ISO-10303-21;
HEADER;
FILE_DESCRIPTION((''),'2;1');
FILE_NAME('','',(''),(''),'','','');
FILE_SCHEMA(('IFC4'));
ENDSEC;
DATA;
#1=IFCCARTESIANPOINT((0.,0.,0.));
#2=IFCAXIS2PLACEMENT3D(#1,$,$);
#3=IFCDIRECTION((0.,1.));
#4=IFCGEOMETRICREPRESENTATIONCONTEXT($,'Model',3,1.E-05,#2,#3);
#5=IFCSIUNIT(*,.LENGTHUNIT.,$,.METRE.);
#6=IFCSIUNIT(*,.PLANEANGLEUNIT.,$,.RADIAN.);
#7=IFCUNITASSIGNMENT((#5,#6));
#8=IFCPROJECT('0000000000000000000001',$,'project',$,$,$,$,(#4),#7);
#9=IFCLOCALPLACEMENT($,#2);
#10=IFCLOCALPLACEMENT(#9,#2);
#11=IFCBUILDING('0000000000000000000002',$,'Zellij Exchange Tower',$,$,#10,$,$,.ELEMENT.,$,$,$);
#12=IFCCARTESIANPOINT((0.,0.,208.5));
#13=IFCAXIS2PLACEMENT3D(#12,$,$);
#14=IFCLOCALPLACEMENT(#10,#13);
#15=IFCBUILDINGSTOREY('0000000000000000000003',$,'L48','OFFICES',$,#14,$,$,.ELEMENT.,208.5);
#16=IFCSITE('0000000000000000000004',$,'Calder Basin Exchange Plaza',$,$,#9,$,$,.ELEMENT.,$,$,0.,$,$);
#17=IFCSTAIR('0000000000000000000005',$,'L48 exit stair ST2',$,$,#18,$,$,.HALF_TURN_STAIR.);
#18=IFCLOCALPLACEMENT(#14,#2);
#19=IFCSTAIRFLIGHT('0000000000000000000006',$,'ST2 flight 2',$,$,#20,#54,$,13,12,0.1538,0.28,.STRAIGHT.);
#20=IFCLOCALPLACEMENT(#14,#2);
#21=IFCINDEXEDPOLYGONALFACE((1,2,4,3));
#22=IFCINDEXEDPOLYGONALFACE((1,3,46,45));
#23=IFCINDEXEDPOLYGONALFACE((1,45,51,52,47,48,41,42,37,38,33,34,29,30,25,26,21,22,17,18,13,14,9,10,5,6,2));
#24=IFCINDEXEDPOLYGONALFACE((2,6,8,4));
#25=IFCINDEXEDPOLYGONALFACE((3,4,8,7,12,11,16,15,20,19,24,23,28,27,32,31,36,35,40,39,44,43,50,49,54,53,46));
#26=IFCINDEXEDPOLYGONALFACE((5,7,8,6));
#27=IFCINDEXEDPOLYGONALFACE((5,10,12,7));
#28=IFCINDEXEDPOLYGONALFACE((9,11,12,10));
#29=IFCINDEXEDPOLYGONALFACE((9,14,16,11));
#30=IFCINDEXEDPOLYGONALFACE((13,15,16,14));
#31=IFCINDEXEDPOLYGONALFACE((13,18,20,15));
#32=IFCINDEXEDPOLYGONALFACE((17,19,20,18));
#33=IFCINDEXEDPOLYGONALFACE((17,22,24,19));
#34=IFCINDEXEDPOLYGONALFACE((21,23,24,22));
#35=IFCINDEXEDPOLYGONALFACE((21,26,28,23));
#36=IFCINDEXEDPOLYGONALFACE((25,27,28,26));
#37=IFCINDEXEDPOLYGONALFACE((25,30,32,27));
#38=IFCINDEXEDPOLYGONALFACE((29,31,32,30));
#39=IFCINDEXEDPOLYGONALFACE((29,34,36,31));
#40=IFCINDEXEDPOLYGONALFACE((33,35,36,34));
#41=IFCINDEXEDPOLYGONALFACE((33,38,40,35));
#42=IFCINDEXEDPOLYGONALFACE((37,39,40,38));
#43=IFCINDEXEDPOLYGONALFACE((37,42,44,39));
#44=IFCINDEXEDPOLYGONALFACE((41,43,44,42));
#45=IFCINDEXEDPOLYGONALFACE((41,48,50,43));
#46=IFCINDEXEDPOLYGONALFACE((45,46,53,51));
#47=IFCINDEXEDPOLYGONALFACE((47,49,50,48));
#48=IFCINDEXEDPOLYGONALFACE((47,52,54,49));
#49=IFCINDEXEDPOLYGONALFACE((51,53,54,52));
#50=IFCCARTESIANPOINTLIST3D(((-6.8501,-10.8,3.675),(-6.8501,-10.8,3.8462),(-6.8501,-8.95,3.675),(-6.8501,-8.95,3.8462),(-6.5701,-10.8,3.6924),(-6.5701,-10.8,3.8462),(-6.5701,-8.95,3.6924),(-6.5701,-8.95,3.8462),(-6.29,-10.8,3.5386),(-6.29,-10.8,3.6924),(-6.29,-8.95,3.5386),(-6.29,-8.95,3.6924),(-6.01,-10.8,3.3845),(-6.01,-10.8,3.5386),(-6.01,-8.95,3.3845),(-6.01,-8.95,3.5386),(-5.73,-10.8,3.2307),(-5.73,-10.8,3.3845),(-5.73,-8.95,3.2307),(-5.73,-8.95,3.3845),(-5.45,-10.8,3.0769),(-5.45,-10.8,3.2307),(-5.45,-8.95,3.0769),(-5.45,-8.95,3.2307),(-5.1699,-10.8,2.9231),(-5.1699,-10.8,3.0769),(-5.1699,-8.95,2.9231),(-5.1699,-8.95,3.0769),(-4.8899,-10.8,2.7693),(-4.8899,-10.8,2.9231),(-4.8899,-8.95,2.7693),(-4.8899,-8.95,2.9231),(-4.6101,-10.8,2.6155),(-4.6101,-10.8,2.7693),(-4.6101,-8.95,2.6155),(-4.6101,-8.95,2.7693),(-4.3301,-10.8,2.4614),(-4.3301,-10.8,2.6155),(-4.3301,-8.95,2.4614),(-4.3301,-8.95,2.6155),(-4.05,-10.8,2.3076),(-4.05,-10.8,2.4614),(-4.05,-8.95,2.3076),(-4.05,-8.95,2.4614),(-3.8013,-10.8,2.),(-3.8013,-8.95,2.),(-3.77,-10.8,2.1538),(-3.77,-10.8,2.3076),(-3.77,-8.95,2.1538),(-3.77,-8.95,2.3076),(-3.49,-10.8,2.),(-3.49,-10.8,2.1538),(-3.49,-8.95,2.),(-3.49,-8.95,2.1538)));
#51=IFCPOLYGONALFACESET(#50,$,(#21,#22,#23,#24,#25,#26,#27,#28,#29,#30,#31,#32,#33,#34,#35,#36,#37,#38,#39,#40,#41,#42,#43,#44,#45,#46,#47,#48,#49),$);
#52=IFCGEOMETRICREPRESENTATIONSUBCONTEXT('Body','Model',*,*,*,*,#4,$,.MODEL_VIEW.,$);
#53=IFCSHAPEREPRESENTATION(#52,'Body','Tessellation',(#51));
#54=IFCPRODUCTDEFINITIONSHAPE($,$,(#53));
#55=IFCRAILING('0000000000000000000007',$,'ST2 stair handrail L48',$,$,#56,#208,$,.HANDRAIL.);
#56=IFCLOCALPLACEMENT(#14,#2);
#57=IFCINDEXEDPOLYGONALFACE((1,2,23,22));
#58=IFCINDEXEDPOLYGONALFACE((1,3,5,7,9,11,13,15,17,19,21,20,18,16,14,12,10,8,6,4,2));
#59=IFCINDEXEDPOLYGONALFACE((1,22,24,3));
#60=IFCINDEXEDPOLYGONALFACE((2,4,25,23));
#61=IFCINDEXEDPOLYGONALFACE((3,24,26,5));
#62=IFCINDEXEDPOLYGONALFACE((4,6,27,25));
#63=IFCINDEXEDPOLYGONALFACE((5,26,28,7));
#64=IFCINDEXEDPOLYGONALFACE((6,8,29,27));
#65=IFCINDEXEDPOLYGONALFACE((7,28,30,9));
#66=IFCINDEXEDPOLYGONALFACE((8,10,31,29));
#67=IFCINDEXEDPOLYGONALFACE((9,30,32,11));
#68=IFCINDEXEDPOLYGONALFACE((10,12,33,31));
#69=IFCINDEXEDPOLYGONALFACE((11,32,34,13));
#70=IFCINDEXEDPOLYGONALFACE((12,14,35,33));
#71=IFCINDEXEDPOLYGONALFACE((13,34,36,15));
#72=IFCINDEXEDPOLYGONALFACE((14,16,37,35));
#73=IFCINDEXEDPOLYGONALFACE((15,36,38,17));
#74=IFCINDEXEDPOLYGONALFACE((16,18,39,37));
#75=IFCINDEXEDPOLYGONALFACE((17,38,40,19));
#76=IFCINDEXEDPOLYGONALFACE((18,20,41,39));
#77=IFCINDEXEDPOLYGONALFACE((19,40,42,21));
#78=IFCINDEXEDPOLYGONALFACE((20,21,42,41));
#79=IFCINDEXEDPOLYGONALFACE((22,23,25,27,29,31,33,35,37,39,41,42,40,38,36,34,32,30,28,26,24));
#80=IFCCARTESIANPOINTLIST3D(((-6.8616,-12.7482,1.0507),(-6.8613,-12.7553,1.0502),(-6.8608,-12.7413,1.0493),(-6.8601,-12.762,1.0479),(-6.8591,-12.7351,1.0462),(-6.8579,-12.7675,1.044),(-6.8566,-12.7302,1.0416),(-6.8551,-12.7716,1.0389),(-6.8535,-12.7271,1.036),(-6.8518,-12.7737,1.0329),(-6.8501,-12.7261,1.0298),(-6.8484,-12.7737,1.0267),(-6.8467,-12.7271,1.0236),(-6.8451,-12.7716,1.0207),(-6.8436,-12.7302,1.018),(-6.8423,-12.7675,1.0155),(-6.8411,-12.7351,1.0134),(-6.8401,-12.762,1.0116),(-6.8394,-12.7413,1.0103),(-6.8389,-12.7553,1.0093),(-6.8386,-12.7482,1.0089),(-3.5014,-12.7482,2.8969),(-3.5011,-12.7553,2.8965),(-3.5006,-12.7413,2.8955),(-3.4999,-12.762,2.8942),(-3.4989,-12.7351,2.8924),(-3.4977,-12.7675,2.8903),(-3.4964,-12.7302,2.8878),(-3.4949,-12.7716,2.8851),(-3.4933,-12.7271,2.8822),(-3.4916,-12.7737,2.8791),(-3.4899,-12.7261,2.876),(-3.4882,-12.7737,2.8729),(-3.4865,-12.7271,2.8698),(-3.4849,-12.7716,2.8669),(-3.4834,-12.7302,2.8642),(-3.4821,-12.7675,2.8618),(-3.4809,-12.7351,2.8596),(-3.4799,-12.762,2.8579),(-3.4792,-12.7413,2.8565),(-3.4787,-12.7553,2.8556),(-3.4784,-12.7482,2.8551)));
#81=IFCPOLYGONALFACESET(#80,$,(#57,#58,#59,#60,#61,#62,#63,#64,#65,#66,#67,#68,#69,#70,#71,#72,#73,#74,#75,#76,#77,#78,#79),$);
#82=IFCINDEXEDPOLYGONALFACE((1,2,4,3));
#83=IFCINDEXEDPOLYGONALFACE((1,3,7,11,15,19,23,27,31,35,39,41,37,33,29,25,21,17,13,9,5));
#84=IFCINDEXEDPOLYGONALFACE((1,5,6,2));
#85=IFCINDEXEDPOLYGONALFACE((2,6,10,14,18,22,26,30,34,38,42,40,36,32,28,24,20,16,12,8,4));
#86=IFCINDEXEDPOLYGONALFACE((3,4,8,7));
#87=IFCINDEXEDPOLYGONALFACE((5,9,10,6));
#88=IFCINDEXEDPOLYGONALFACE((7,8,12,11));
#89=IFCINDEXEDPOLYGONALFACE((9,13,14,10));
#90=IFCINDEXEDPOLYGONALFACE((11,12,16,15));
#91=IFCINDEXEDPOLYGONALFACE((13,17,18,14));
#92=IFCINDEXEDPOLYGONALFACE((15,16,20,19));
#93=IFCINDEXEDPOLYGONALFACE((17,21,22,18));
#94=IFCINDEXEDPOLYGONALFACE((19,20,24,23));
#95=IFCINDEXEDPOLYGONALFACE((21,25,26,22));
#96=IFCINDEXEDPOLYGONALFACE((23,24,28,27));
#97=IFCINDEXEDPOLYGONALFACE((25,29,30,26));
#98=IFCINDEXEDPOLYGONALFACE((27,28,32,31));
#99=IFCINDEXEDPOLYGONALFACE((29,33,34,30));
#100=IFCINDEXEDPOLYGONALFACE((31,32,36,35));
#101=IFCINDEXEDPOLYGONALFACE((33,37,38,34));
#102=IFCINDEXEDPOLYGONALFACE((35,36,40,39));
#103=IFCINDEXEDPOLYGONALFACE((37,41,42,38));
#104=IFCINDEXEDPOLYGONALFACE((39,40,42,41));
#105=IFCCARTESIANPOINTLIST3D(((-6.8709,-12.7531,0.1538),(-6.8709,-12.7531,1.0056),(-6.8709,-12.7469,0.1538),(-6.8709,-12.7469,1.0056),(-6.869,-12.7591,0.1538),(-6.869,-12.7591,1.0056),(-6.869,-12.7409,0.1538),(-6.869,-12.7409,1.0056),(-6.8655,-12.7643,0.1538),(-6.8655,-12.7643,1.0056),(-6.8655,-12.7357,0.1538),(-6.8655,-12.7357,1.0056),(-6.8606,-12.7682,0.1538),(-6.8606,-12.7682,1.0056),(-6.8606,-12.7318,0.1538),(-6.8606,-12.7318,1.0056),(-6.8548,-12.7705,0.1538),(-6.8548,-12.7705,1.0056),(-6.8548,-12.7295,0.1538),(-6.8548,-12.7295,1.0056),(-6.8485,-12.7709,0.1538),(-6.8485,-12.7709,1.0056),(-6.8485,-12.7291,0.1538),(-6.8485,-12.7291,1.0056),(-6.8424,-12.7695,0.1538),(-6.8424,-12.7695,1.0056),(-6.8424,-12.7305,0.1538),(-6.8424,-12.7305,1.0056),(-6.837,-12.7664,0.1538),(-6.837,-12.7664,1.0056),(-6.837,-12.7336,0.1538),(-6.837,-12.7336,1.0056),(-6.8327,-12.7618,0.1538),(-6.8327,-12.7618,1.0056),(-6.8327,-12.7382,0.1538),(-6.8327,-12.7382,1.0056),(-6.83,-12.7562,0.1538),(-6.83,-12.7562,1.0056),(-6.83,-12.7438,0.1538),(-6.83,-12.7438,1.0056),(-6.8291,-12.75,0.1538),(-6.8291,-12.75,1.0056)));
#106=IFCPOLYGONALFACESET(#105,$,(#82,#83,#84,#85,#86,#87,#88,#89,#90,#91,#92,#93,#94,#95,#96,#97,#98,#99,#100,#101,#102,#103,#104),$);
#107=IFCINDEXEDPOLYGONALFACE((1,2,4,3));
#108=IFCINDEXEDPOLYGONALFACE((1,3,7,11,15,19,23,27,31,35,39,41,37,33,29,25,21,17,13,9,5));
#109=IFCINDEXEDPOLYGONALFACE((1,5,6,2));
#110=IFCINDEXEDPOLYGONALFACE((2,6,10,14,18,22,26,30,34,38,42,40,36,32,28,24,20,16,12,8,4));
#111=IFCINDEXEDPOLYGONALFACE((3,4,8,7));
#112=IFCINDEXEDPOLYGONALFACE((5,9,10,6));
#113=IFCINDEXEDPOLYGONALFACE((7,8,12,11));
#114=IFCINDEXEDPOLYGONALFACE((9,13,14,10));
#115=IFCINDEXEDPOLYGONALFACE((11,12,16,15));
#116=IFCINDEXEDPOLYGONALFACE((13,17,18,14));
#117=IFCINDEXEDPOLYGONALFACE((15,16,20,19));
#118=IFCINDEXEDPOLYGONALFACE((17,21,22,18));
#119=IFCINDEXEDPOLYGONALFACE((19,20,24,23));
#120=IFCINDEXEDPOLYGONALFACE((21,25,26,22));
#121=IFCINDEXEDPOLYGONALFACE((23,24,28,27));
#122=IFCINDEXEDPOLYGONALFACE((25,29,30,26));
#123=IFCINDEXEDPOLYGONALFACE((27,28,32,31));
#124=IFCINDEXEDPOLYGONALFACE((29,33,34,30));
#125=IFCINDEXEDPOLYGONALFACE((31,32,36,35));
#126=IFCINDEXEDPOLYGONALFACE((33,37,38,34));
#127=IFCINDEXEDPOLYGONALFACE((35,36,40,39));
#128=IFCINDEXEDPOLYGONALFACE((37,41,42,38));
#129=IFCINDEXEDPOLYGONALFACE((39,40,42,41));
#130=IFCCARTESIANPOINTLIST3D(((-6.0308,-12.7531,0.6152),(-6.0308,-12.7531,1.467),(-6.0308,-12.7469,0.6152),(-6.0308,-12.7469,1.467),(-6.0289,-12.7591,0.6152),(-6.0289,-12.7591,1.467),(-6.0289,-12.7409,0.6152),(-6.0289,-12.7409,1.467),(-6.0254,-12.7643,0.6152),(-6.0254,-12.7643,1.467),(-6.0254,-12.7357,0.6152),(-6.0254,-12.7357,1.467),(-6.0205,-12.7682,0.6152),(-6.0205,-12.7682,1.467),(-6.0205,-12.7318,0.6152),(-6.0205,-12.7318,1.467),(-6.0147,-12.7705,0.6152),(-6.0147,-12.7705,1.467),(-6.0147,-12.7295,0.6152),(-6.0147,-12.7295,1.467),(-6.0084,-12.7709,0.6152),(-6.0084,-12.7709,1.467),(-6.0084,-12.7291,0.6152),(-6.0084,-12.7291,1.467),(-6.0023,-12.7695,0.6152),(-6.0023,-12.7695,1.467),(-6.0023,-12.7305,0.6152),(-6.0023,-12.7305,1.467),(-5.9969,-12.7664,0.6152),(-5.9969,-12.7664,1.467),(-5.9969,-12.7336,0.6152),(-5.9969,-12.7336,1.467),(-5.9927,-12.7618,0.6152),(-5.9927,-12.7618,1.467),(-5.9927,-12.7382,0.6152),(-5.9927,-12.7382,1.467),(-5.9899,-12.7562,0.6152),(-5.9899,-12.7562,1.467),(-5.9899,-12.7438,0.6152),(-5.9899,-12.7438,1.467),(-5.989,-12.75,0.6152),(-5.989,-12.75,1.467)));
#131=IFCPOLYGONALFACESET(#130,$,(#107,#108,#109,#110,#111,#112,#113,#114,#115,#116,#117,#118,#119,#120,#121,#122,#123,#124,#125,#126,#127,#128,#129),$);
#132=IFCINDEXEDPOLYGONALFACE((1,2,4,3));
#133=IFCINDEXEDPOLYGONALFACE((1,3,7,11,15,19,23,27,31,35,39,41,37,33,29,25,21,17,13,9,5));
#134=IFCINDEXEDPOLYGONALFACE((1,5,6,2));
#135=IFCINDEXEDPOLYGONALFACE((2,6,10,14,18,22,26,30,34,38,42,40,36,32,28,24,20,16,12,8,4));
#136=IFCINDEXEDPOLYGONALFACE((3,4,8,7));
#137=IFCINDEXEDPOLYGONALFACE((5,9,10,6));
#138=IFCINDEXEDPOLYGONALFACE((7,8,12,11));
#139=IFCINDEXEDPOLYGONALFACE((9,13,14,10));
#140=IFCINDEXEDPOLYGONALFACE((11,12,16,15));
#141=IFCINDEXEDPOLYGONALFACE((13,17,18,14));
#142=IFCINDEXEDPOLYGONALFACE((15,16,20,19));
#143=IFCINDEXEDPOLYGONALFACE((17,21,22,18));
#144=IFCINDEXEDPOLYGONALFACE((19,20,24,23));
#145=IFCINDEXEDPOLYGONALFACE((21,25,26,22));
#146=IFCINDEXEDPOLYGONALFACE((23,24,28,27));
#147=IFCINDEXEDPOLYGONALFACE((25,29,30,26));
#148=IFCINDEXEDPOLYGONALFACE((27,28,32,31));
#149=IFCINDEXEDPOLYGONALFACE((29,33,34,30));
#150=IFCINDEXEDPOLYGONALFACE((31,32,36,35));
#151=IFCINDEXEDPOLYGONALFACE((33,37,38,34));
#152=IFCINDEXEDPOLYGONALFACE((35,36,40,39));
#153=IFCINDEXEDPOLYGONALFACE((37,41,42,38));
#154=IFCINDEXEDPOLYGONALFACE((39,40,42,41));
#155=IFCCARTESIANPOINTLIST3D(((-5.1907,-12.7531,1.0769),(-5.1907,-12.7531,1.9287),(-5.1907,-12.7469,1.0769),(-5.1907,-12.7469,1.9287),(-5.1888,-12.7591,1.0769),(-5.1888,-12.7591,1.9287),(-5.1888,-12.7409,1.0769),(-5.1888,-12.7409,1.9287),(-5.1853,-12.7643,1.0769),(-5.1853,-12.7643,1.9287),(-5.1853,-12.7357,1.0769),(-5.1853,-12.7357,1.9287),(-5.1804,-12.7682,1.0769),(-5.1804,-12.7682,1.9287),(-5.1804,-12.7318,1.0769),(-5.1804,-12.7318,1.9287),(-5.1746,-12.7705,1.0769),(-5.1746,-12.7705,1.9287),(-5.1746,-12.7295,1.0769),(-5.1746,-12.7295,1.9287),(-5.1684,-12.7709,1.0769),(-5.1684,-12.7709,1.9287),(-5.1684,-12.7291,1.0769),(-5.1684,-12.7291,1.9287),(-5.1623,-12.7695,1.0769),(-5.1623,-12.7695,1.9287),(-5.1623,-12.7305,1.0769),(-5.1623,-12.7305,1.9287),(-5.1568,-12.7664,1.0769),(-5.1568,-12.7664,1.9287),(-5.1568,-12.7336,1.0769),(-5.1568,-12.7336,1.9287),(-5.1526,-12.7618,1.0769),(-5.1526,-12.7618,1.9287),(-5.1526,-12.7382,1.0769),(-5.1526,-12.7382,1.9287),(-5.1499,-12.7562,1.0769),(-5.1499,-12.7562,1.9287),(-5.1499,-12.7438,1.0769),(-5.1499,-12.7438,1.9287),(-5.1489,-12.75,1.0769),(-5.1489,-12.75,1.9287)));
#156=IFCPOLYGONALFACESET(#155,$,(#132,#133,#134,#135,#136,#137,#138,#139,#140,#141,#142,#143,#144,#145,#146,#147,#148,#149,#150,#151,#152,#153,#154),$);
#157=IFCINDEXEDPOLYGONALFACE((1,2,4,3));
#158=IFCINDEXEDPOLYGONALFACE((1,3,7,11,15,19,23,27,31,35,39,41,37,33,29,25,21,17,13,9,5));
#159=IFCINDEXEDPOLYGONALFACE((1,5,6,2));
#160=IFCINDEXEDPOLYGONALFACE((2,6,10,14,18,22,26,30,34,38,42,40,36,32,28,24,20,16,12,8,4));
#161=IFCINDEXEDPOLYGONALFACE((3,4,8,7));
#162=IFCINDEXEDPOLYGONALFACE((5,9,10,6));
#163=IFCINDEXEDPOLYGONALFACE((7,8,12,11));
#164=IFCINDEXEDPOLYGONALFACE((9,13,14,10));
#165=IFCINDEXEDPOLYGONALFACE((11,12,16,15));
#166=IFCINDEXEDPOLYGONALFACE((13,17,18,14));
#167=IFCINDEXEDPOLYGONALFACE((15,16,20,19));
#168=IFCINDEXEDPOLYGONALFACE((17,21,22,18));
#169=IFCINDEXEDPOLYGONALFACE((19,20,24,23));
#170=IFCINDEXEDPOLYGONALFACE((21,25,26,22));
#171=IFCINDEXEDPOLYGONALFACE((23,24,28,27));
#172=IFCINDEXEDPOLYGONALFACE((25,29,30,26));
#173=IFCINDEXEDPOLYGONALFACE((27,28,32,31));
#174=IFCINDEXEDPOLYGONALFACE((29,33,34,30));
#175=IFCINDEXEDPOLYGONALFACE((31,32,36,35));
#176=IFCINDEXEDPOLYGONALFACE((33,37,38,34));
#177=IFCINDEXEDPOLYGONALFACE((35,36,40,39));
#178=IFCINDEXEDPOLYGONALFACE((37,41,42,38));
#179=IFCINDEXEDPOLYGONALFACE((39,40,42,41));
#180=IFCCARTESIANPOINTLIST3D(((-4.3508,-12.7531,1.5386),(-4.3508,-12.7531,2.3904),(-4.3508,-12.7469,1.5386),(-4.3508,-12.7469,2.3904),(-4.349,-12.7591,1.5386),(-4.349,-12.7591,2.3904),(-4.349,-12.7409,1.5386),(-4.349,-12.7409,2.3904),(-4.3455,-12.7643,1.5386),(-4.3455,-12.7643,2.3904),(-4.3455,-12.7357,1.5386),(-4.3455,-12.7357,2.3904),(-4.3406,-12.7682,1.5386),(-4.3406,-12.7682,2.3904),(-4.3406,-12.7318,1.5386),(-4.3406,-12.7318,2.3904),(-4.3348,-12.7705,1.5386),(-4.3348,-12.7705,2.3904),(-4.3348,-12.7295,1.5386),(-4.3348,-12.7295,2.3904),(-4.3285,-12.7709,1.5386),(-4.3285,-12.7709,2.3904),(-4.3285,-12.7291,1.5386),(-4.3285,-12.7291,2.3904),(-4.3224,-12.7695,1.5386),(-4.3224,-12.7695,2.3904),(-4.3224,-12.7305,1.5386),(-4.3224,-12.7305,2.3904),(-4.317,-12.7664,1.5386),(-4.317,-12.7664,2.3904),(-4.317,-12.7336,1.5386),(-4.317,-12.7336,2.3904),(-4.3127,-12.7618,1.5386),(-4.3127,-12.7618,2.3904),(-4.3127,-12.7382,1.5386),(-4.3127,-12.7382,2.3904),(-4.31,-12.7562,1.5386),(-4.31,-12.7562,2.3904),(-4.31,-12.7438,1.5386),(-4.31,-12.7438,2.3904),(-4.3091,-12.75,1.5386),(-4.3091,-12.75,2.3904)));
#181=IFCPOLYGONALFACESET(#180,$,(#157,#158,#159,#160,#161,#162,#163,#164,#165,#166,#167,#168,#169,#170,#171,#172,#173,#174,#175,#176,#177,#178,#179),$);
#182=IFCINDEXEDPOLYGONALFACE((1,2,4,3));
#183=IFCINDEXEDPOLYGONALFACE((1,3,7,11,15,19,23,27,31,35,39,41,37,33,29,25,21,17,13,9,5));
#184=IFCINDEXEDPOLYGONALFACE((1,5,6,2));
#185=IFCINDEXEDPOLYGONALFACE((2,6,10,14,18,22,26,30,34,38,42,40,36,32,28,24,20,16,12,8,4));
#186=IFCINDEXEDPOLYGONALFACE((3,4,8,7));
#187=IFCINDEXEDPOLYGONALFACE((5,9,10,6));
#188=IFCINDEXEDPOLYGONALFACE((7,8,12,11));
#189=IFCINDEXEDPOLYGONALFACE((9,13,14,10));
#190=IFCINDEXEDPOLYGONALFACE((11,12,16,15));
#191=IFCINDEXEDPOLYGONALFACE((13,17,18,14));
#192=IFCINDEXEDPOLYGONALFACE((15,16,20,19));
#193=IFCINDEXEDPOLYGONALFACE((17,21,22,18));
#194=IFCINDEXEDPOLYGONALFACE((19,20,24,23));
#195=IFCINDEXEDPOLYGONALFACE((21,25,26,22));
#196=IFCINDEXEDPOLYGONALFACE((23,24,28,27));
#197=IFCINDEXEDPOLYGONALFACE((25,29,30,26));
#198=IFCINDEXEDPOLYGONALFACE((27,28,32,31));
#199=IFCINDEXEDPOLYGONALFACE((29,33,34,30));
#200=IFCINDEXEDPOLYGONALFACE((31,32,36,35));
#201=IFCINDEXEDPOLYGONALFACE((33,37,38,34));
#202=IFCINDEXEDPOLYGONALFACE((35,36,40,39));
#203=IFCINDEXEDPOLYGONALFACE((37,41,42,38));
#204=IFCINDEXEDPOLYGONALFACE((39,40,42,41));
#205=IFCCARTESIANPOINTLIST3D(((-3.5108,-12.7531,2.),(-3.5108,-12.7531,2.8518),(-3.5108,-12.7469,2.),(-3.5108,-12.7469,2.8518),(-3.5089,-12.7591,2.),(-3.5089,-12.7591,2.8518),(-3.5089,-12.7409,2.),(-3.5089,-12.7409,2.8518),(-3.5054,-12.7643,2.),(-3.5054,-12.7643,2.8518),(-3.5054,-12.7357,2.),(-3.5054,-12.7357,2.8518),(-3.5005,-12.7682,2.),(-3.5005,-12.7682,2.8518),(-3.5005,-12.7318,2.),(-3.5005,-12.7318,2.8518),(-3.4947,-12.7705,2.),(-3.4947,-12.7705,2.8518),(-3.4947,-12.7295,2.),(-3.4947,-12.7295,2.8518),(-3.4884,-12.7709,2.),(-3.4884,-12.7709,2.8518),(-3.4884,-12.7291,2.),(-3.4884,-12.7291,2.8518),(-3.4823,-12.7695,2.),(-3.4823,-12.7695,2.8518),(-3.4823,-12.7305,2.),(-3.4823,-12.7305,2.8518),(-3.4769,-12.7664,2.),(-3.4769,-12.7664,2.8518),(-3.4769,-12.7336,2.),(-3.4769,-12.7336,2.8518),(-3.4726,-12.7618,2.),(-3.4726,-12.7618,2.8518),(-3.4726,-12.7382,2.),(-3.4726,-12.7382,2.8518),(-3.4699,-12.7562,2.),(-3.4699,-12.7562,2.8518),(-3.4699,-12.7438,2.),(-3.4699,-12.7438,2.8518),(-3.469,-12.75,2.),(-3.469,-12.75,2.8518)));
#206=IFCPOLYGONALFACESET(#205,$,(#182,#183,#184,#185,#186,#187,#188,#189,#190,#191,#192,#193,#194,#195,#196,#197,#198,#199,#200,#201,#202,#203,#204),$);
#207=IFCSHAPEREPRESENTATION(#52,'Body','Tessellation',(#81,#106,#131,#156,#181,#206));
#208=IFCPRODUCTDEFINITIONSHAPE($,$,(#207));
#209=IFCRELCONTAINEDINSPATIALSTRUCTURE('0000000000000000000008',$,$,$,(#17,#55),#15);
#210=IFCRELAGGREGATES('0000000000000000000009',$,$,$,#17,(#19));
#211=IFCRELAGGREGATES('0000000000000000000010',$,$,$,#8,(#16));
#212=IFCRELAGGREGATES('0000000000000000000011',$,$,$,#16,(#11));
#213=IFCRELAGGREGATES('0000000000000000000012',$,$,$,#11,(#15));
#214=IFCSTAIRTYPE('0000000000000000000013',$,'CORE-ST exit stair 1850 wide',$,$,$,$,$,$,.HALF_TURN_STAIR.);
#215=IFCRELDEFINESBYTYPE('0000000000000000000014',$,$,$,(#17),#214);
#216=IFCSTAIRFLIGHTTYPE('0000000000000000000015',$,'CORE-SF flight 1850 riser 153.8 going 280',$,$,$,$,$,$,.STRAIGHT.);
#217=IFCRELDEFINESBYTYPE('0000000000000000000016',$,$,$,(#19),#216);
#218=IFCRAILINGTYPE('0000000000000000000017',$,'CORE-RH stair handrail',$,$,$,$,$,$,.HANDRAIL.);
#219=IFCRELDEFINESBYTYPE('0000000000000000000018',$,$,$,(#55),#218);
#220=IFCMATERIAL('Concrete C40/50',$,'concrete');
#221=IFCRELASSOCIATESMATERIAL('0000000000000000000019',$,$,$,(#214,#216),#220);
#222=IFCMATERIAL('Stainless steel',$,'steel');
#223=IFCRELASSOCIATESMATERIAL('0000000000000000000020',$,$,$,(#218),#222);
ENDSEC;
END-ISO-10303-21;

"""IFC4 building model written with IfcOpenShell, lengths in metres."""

from ifc_helpers import new_model, si_unit, direction, frame, origin, origin_2d, place, context, subcontext, project, spatial, polyline, circle, outline, extrude, material, type_object, element, aggregate, save


model = new_model("IFC4")

# Units and contexts
model_context = context("Model", 3, precision=1e-05, world=origin(), true_north=direction((0.0, 1.0)))
body_context = subcontext(model_context, "Body", "Model", "MODEL_VIEW")
ifc_project = project(units=[si_unit("LENGTHUNIT", "METRE"), si_unit("PLANEANGLEUNIT", "RADIAN")], contexts=[model_context])

# Site, building, storey
site_placement = place(None, origin())
site = spatial("IfcSite", under=ifc_project, at=site_placement, Name="Calder Basin Exchange Plaza", CompositionType="ELEMENT", RefElevation=0.0)
building_placement = place(site_placement, origin())
building = spatial("IfcBuilding", under=site, at=building_placement, Name="Zellij Exchange Tower", CompositionType="ELEMENT")
storey_placement = place(building_placement, frame((0.0, 0.0, 208.5)))
storey = spatial("IfcBuildingStorey", under=building, at=storey_placement, Name="L48", Description="OFFICES", CompositionType="ELEMENT", Elevation=208.5)

# Stair, stair flight
ifc_material_1 = material(Name="Concrete C40/50", Category="concrete")
stair_type = type_object("IfcStairType", Name="CORE-ST exit stair 1850 wide", PredefinedType="HALF_TURN_STAIR", material=ifc_material_1)
stair_placement = place(storey_placement, origin())
stair = element("IfcStair", 1, at=stair_placement, inside=storey, type_object=stair_type, Name="L48 exit stair ST2", PredefinedType="HALF_TURN_STAIR")
stair_flight_type = type_object("IfcStairFlightType", Name="CORE-SF flight 1850 riser 153.8 going 280", PredefinedType="STRAIGHT", material=ifc_material_1)
stair_flight_1_placement = place(storey_placement, frame((-3.49, -9.875, 2.0), z_axis=(0.0, 0.0, 1.0), x_axis=(-1.0, 0.0, 0.0)))
stair_flight_1 = element("IfcStairFlight", 2, at=stair_flight_1_placement, type_object=stair_flight_type, Name="ST2 flight 2", NumberOfRisers=13, NumberOfTreads=12, PredefinedType="STRAIGHT", RiserHeight=0.1538, TreadLength=0.28, context=body_context, shape_type="SweptSolid", body=[
    extrude(outline(polyline([(0.0, 0.0), (0.0, 0.1538), (0.28, 0.1538), (0.28, 0.3076), (0.5601, 0.3076), (0.5601, 0.4614), (0.8401, 0.4614), (0.8401, 0.6155), (1.1201, 0.6155), (1.1201, 0.7693), (1.3999, 0.7693), (1.3999, 0.9231), (1.6799, 0.9231), (1.6799, 1.0769), (1.96, 1.0769), (1.96, 1.2307), (2.24, 1.2307), (2.24, 1.3845), (2.52, 1.3845), (2.52, 1.5386), (2.8, 1.5386), (2.8, 1.6924), (3.0801, 1.6924), (3.0801, 1.8462), (3.3601, 1.8462), (3.3601, 2.0), (3.3601, 1.675), (0.3113, 0.0), (0.0, 0.0)])), frame((0.0, 0.925, 0.0), z_axis=(0.0, -1.0, 0.0), x_axis=(1.0, 0.0, 0.0)), (0.0, 0.0, 1.0), 1.8501),
])
aggregate(stair, [stair_flight_1])

# Railing
ifc_material_2 = material(Name="Stainless steel", Category="steel")
railing_type_1 = type_object("IfcRailingType", Name="CORE-RH stair handrail", PredefinedType="HANDRAIL", material=ifc_material_2)
railing_1_placement = place(storey_placement, frame((-6.8501, -12.75, 0.1538)))
element("IfcRailing", 3, at=railing_1_placement, inside=storey, type_object=railing_type_1, Name="ST2 stair handrail L48", PredefinedType="HANDRAIL", context=body_context, shape_type="SweptSolid", body=[
    extrude(circle(Radius=0.0239, at=origin_2d()), frame((0.0, 0.0, 0.876), z_axis=(0.876422, 0.0, 0.481545), x_axis=(0.0, 1.0, 0.0)), (0.0, 0.0, 1.0), 3.834),
    extrude(circle(Radius=0.021, at=origin_2d()), origin(), (0.0, 0.0, 1.0), 0.8518),
    extrude(circle(Radius=0.021, at=origin_2d()), frame((0.8401, 0.0, 0.4614)), (0.0, 0.0, 1.0), 0.8518),
    extrude(circle(Radius=0.021, at=origin_2d()), frame((1.6802, 0.0, 0.9231)), (0.0, 0.0, 1.0), 0.8518),
    extrude(circle(Radius=0.021, at=origin_2d()), frame((2.52, 0.0, 1.3848)), (0.0, 0.0, 1.0), 0.8518),
    extrude(circle(Radius=0.021, at=origin_2d()), frame((3.3601, 0.0, 1.8462)), (0.0, 0.0, 1.0), 0.8518),
])

save(model, "model.ifc")
